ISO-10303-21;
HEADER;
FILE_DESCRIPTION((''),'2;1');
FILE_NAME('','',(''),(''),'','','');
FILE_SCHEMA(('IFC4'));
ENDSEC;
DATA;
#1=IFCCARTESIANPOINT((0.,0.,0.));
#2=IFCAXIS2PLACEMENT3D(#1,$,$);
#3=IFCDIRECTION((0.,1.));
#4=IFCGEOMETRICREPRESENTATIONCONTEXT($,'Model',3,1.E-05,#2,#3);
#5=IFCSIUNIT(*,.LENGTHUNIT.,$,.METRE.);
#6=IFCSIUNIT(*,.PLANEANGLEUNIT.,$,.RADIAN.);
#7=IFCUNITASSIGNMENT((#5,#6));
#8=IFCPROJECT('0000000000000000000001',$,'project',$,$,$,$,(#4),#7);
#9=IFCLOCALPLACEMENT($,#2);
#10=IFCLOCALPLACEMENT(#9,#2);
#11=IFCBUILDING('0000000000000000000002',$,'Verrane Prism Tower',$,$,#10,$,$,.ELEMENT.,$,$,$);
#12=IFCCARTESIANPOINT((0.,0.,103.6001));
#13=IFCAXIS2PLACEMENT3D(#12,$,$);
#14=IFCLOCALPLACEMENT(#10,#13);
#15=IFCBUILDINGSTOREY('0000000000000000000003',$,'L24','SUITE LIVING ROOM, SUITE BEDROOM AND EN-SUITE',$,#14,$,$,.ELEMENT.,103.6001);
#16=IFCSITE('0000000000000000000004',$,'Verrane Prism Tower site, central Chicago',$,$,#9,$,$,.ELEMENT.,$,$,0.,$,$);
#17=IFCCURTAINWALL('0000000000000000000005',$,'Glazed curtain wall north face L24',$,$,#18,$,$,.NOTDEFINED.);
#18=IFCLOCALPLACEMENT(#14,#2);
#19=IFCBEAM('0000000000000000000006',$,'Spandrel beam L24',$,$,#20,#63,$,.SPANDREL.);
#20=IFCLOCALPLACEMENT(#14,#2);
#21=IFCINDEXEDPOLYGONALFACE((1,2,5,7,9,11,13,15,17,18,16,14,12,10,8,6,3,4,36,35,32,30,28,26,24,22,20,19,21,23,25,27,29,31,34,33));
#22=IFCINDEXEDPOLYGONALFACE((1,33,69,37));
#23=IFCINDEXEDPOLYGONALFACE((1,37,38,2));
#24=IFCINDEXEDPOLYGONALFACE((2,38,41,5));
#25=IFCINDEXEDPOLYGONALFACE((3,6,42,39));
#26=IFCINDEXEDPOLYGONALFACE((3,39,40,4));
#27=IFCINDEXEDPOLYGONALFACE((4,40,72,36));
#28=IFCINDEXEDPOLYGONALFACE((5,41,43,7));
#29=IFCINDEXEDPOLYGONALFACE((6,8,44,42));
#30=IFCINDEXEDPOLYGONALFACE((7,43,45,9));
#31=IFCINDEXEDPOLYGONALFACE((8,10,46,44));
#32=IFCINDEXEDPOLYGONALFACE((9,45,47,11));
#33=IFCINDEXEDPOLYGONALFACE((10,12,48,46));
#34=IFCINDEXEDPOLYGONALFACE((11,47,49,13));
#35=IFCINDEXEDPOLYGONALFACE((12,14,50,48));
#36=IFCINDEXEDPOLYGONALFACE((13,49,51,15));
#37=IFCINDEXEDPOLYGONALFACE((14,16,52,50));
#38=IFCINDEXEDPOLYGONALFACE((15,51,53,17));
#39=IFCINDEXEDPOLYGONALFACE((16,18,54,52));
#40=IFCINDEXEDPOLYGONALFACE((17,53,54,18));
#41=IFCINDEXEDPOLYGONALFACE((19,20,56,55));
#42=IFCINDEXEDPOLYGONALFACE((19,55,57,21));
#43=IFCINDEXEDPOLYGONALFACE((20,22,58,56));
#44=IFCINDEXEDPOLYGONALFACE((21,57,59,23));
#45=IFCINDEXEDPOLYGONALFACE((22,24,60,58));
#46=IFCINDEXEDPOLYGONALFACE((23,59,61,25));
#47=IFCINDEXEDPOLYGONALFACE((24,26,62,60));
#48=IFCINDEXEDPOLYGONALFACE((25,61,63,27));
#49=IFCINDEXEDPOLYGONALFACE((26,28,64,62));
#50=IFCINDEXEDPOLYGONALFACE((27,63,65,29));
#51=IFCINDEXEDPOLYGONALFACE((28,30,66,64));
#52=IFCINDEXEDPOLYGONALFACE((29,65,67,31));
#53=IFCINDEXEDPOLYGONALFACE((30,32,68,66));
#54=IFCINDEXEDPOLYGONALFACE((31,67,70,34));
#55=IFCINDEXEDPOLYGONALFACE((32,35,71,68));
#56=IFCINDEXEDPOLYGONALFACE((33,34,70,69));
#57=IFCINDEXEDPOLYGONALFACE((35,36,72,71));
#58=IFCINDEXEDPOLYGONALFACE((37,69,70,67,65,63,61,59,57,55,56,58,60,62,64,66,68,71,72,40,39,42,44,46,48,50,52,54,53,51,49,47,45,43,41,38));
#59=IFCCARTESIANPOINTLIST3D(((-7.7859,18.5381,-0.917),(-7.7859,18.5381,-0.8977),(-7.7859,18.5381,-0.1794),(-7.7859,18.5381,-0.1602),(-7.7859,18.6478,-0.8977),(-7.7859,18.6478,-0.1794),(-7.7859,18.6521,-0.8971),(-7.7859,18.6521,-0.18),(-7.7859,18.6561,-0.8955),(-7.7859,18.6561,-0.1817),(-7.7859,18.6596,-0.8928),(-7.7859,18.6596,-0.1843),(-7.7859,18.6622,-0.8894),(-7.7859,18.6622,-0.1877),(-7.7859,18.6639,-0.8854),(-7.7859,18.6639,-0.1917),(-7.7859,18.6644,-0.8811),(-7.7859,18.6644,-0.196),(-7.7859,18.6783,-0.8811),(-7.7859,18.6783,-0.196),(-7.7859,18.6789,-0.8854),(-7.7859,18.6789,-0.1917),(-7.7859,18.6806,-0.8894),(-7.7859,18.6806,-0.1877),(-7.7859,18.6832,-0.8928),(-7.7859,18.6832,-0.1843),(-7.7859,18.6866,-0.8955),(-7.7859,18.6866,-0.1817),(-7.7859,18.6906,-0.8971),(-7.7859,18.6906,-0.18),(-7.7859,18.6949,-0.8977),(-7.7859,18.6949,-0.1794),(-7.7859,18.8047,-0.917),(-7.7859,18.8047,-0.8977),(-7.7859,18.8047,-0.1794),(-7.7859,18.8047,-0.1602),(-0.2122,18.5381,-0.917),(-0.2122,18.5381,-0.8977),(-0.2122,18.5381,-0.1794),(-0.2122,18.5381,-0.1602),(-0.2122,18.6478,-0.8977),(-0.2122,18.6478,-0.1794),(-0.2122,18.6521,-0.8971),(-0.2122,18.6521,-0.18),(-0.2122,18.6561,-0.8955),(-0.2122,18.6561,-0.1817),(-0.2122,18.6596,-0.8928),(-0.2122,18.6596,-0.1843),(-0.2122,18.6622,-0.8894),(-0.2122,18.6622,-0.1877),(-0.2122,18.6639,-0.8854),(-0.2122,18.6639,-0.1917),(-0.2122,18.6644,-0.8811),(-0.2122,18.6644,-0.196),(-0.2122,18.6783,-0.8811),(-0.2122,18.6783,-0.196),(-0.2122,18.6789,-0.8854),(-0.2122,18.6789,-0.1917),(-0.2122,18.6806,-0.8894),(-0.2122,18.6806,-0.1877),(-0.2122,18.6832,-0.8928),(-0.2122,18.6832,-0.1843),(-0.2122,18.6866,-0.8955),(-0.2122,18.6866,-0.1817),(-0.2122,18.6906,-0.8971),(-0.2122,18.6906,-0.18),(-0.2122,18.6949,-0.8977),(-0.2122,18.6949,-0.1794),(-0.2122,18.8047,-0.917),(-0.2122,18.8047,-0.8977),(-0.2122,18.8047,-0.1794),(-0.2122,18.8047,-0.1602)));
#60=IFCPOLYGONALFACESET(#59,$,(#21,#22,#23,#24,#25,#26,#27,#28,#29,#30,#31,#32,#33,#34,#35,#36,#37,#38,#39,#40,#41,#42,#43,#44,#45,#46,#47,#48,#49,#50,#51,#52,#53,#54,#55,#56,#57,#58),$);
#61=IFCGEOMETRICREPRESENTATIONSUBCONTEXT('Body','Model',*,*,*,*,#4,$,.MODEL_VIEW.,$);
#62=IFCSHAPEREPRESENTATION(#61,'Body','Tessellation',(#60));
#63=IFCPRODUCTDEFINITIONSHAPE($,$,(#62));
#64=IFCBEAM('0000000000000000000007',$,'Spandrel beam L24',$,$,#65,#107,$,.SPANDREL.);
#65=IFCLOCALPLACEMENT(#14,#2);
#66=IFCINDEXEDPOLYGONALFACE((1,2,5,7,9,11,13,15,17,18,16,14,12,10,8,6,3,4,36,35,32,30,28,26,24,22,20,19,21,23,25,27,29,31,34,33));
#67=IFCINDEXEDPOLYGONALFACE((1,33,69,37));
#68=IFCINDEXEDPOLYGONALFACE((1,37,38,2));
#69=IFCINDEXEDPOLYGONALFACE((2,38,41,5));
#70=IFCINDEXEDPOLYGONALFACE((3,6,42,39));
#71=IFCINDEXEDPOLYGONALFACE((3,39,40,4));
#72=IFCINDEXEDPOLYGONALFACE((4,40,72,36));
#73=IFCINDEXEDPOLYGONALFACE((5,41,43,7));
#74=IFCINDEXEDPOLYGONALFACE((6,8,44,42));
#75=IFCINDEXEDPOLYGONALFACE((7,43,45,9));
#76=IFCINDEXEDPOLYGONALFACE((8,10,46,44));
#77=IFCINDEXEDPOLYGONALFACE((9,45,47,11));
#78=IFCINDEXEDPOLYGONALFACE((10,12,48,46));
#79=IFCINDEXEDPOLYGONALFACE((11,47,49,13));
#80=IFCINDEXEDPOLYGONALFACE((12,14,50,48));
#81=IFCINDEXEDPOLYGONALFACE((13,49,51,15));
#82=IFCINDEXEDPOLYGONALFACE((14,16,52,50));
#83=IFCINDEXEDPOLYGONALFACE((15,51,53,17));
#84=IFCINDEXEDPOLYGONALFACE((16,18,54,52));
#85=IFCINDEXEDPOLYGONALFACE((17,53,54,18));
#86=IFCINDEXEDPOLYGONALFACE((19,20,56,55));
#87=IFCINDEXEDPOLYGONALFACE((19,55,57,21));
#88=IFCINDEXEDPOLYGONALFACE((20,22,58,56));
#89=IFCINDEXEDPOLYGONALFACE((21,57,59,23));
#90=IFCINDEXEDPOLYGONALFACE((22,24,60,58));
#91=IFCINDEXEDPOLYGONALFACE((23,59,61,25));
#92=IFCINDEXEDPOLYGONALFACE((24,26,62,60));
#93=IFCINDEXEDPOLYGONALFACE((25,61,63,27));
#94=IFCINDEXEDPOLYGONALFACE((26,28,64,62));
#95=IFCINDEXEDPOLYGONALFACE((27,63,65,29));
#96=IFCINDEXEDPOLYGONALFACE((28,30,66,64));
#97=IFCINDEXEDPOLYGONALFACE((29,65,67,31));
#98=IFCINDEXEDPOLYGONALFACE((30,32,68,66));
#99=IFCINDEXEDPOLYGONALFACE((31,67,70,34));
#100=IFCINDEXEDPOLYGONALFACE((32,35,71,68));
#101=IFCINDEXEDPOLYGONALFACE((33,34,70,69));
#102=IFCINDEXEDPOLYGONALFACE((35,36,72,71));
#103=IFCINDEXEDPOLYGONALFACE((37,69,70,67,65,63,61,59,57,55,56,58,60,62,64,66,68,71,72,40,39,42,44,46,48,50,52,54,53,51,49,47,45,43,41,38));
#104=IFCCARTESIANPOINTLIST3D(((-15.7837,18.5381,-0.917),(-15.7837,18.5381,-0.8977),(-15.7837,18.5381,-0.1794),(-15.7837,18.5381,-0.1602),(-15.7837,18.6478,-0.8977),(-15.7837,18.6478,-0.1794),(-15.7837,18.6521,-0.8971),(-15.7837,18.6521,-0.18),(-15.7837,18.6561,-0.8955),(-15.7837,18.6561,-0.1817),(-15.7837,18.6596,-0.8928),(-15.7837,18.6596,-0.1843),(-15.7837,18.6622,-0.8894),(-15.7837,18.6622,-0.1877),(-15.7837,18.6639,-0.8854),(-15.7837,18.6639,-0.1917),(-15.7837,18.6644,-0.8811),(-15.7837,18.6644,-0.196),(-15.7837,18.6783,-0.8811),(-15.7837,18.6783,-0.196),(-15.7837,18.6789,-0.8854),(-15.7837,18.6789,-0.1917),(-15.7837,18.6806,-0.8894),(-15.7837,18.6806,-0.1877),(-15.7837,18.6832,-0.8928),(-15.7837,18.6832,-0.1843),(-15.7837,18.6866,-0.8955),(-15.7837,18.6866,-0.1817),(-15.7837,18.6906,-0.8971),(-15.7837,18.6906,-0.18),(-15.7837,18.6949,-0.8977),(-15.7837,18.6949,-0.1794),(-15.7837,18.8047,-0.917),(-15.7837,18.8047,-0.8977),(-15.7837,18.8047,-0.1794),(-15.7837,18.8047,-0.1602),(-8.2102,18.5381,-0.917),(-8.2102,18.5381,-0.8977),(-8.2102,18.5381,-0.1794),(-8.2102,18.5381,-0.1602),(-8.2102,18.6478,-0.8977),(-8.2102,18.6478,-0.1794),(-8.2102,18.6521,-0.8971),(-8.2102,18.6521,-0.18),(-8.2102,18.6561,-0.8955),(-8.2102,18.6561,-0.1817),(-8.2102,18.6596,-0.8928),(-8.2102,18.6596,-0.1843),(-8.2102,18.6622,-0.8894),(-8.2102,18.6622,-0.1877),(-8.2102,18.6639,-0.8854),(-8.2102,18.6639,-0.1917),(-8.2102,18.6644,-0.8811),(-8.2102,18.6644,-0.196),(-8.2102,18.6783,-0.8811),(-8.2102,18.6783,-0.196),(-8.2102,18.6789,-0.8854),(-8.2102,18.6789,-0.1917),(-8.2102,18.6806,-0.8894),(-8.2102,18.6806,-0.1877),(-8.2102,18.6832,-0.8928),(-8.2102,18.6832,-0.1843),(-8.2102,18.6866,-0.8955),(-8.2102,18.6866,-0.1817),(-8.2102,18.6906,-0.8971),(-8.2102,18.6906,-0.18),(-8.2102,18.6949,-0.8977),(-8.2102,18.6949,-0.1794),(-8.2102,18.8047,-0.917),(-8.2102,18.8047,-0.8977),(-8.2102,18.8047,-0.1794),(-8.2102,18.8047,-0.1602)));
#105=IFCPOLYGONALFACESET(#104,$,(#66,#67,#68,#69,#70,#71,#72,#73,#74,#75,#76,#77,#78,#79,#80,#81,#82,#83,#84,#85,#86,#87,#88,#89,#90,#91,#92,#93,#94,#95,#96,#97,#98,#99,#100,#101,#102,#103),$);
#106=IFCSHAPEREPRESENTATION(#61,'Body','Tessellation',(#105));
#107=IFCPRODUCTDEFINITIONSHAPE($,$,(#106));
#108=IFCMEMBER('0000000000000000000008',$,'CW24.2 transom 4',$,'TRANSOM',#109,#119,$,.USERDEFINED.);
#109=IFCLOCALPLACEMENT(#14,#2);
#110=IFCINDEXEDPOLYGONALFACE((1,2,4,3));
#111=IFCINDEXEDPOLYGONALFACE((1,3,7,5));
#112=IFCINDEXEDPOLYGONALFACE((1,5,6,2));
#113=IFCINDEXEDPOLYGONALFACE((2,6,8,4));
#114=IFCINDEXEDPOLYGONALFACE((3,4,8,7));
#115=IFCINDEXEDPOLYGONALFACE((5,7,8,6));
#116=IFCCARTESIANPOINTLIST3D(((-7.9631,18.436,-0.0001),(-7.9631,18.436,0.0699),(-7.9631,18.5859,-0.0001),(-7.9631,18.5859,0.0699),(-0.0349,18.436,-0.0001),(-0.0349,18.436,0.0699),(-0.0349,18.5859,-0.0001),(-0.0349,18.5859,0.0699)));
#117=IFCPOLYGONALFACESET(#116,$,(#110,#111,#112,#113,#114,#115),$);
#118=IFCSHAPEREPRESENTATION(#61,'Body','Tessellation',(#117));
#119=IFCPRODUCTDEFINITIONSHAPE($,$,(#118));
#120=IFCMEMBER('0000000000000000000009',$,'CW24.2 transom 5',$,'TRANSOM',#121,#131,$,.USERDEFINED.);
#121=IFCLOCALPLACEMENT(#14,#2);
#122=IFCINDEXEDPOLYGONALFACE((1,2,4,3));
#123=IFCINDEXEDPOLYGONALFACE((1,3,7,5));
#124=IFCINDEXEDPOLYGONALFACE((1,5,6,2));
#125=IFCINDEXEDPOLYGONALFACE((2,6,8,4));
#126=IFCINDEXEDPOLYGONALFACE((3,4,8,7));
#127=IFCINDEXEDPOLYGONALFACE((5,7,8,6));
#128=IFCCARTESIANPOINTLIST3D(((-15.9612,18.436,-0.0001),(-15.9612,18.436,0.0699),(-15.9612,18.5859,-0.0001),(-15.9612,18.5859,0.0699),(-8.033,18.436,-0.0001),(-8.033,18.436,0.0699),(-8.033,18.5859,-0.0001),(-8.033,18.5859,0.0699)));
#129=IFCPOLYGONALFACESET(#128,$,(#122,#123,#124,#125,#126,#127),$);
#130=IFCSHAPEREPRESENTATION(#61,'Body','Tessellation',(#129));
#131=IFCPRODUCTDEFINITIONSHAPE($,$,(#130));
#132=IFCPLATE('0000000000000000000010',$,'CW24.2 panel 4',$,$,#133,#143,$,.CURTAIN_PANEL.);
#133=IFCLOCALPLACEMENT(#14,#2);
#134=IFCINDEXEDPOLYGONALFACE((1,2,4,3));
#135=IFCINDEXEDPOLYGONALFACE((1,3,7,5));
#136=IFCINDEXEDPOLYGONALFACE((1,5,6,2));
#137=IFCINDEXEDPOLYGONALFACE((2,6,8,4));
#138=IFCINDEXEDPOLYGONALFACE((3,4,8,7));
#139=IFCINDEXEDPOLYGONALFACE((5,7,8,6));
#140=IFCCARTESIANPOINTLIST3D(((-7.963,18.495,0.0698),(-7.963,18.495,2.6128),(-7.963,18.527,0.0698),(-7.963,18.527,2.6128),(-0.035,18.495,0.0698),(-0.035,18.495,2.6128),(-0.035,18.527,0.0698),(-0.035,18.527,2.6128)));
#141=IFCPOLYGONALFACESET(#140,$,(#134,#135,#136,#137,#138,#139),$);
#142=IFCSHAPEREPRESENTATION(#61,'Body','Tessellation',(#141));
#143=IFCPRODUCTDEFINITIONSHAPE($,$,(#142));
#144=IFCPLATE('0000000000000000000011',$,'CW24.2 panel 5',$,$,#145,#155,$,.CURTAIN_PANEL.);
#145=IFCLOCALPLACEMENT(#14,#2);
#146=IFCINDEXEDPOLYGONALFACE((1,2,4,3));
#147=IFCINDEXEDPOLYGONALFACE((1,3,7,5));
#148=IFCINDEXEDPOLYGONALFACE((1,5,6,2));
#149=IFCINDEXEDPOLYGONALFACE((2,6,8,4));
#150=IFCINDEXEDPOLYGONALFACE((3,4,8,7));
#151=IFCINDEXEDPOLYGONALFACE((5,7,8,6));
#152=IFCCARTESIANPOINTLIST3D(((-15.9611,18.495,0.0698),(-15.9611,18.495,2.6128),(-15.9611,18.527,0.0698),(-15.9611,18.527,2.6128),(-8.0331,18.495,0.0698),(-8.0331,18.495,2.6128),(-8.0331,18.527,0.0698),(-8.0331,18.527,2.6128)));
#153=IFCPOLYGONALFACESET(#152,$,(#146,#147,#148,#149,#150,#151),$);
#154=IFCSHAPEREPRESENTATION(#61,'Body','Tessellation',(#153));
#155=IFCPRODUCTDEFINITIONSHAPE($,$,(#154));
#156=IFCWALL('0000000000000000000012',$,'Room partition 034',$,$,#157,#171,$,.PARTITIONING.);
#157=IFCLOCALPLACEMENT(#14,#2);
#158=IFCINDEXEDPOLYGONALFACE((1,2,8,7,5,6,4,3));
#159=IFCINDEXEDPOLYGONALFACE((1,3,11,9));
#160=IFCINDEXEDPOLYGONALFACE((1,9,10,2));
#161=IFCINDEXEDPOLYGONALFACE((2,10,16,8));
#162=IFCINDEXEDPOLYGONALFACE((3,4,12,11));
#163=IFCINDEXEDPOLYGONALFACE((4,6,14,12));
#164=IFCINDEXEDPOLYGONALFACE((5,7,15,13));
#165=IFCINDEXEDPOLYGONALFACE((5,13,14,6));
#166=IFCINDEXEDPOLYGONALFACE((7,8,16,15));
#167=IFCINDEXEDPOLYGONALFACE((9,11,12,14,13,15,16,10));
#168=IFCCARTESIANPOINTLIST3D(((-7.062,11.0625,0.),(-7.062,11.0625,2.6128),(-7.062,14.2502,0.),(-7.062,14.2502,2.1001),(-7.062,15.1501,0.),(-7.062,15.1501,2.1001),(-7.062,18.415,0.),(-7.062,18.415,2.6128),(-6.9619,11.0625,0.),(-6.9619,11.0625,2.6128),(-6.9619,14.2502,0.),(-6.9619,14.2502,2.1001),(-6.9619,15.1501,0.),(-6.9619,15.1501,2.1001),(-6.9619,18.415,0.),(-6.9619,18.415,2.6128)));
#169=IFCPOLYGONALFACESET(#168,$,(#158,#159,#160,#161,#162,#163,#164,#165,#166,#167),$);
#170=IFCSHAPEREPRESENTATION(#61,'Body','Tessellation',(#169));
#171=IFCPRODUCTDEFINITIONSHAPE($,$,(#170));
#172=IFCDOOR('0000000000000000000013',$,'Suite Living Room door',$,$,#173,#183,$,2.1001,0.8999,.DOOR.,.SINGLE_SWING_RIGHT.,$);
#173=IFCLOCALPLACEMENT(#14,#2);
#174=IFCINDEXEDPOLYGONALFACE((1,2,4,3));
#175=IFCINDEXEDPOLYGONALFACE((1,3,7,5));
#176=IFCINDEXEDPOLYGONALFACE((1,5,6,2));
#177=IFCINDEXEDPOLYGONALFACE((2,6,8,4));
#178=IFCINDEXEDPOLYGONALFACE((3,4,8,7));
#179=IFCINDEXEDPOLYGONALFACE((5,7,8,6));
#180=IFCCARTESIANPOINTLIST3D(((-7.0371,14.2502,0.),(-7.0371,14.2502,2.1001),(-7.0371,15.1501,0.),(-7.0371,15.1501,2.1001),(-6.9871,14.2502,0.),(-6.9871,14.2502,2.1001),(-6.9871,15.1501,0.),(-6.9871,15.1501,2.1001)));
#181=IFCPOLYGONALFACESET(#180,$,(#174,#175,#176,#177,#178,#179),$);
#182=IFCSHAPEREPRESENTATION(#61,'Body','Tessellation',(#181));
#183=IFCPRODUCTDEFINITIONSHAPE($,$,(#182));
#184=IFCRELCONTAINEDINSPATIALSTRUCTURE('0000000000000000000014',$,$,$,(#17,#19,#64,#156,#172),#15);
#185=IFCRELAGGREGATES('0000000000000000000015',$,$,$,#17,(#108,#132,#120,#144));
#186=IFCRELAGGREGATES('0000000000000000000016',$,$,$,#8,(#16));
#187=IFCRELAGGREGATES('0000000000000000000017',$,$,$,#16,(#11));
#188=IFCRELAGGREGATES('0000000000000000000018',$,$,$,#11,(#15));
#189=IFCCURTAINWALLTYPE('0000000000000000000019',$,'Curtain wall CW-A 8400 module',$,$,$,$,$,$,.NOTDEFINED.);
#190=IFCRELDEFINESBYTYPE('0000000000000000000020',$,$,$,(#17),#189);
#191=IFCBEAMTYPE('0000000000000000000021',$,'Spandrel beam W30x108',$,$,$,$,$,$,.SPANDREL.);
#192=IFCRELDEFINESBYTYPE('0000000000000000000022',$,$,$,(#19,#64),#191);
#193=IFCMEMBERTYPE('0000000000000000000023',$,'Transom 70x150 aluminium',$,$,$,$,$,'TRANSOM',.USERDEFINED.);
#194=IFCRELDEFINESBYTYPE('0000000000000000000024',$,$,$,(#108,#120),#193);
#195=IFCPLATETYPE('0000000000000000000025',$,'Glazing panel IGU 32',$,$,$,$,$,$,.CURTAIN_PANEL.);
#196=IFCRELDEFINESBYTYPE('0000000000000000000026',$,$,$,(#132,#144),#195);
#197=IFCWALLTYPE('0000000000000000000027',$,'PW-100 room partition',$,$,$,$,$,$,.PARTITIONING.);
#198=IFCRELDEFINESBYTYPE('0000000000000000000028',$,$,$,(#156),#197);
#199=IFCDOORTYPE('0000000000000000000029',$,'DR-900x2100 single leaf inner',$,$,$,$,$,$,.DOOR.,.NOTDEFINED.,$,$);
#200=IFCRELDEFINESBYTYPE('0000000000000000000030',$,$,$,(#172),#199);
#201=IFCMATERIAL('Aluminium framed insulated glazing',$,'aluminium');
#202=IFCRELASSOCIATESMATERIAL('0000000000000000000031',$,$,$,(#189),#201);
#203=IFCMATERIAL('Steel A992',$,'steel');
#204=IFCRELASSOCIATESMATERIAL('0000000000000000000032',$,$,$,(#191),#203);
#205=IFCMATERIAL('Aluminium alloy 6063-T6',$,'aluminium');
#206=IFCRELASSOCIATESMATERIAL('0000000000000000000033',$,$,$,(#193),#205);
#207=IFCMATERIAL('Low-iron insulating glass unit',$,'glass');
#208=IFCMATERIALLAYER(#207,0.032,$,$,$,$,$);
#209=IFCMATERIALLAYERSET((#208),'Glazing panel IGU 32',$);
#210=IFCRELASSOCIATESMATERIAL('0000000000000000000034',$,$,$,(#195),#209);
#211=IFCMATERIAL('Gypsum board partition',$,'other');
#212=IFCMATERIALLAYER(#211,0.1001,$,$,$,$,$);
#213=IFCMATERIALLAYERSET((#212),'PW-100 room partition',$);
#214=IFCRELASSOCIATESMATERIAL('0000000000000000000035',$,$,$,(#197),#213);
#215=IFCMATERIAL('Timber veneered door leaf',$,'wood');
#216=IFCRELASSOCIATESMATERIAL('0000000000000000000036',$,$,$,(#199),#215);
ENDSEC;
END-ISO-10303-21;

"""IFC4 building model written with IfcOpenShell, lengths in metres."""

from ifc_helpers import new_model, si_unit, direction, frame, frame_2d, origin, origin_2d, place, context, subcontext, project, spatial, rectangle, i_section, extrude, material, layer, layer_set, material_profile, profile_set, type_object, element, fill, aggregate, save


model = new_model("IFC4")

# Units and contexts
model_context = context("Model", 3, precision=1e-05, world=origin(), true_north=direction((0.0, 1.0)))
body_context = subcontext(model_context, "Body", "Model", "MODEL_VIEW")
ifc_project = project(units=[si_unit("LENGTHUNIT", "METRE"), si_unit("PLANEANGLEUNIT", "RADIAN")], contexts=[model_context])

# Site, building, storey
site_placement = place(None, origin())
site = spatial("IfcSite", under=ifc_project, at=site_placement, Name="Verrane Prism Tower site, central Chicago", CompositionType="ELEMENT", RefElevation=0.0)
building_placement = place(site_placement, origin())
building = spatial("IfcBuilding", under=site, at=building_placement, Name="Verrane Prism Tower", CompositionType="ELEMENT")
storey_placement = place(building_placement, frame((0.0, 0.0, 103.6001)))
storey = spatial("IfcBuildingStorey", under=building, at=storey_placement, Name="L24", Description="SUITE LIVING ROOM, SUITE BEDROOM AND EN-SUITE", CompositionType="ELEMENT", Elevation=103.6001)

# Curtain wall
ifc_material_1 = material(Name="Aluminium framed insulated glazing", Category="aluminium")
curtain_wall_type = type_object("IfcCurtainWallType", Name="Curtain wall CW-A 8400 module", PredefinedType="NOTDEFINED", material=ifc_material_1)
curtain_wall_placement = place(storey_placement, origin())
curtain_wall = element("IfcCurtainWall", 1, at=curtain_wall_placement, inside=storey, type_object=curtain_wall_type, Name="Glazed curtain wall north face L24", PredefinedType="NOTDEFINED")

# Beams
ifc_material_2 = material(Name="Steel A992", Category="steel")
ifc_material_profile_1 = material_profile(ifc_material_2, i_section(OverallWidth=0.2666, OverallDepth=0.7568, WebThickness=0.0139, FlangeThickness=0.0193, FilletRadius=0.0166, at=origin_2d()), Name="W30x108")
ifc_profile_set_1 = profile_set([ifc_material_profile_1], Name="Steel A992")
beam_type_1 = type_object("IfcBeamType", Name="Spandrel beam W30x108", PredefinedType="SPANDREL", material=ifc_profile_set_1)
beam_1_placement = place(storey_placement, frame((-0.2122, 18.6714, -0.5386), z_axis=(-1.0, 0.0, 0.0), x_axis=(0.0, -1.0, 0.0)))
element("IfcBeam", 2, at=beam_1_placement, inside=storey, type_object=beam_type_1, Name="Spandrel beam L24", PredefinedType="SPANDREL", context=body_context, shape_type="SweptSolid", body=[
    extrude(i_section(OverallWidth=0.2666, OverallDepth=0.7568, WebThickness=0.0139, FlangeThickness=0.0193, FilletRadius=0.0166, at=origin_2d()), origin(), (0.0, 0.0, 1.0), 7.5737),
])
beam_2_placement = place(storey_placement, frame((-8.2102, 18.6714, -0.5386), z_axis=(-1.0, 0.0, 0.0), x_axis=(0.0, -1.0, 0.0)))
element("IfcBeam", 3, at=beam_2_placement, inside=storey, type_object=beam_type_1, Name="Spandrel beam L24", PredefinedType="SPANDREL", context=body_context, shape_type="SweptSolid", body=[
    extrude(i_section(OverallWidth=0.2666, OverallDepth=0.7568, WebThickness=0.0139, FlangeThickness=0.0193, FilletRadius=0.0166, at=origin_2d()), origin(), (0.0, 0.0, 1.0), 7.5735),
])

# Members
ifc_material_3 = material(Name="Aluminium alloy 6063-T6", Category="aluminium")
ifc_material_profile_2 = material_profile(ifc_material_3, rectangle(XDim=0.1499, YDim=0.0701, at=origin_2d()), Name="Transom 70x150 aluminium")
ifc_profile_set_2 = profile_set([ifc_material_profile_2], Name="Aluminium alloy 6063-T6")
member_type_1 = type_object("IfcMemberType", Name="Transom 70x150 aluminium", ElementType="TRANSOM", PredefinedType="USERDEFINED", material=ifc_profile_set_2)
member_1_placement = place(storey_placement, frame((-0.0349, 18.511, 0.0349), z_axis=(-1.0, 0.0, 0.0), x_axis=(0.0, -1.0, 0.0)))
member_1 = element("IfcMember", 4, at=member_1_placement, type_object=member_type_1, Name="CW24.2 transom 4", ObjectType="TRANSOM", PredefinedType="USERDEFINED", context=body_context, shape_type="SweptSolid", body=[
    extrude(rectangle(XDim=0.1499, YDim=0.0701, at=origin_2d()), origin(), (0.0, 0.0, 1.0), 7.9282),
])
member_2_placement = place(storey_placement, frame((-8.033, 18.511, 0.0349), z_axis=(-1.0, 0.0, 0.0), x_axis=(0.0, -1.0, 0.0)))
member_2 = element("IfcMember", 5, at=member_2_placement, type_object=member_type_1, Name="CW24.2 transom 5", ObjectType="TRANSOM", PredefinedType="USERDEFINED", context=body_context, shape_type="SweptSolid", body=[
    extrude(rectangle(XDim=0.1499, YDim=0.0701, at=origin_2d()), origin(), (0.0, 0.0, 1.0), 7.9282),
])

# Plates
ifc_material_4 = material(Name="Low-iron insulating glass unit", Category="glass")
ifc_layer_1 = layer(ifc_material_4, 0.032)
ifc_layer_set_1 = layer_set([ifc_layer_1], Name="Glazing panel IGU 32")
plate_type = type_object("IfcPlateType", Name="Glazing panel IGU 32", PredefinedType="CURTAIN_PANEL", material=ifc_layer_set_1)
plate_1_placement = place(storey_placement, frame((-3.999, 18.511, 0.0698), z_axis=(0.0, 0.0, 1.0), x_axis=(-1.0, 0.0, 0.0)))
plate_1 = element("IfcPlate", 6, at=plate_1_placement, type_object=plate_type, Name="CW24.2 panel 4", PredefinedType="CURTAIN_PANEL", context=body_context, shape_type="SweptSolid", body=[
    extrude(rectangle(XDim=7.928, YDim=0.032, at=origin_2d()), origin(), (0.0, 0.0, 1.0), 2.543),
])
plate_2_placement = place(storey_placement, frame((-11.9971, 18.511, 0.0698), z_axis=(0.0, 0.0, 1.0), x_axis=(-1.0, 0.0, 0.0)))
plate_2 = element("IfcPlate", 7, at=plate_2_placement, type_object=plate_type, Name="CW24.2 panel 5", PredefinedType="CURTAIN_PANEL", context=body_context, shape_type="SweptSolid", body=[
    extrude(rectangle(XDim=7.928, YDim=0.032, at=origin_2d()), origin(), (0.0, 0.0, 1.0), 2.543),
])
aggregate(curtain_wall, [member_1, plate_1, member_2, plate_2])

# Wall, opening, door
ifc_material_5 = material(Name="Gypsum board partition", Category="other")
ifc_layer_2 = layer(ifc_material_5, 0.1001)
ifc_layer_set_2 = layer_set([ifc_layer_2], Name="PW-100 room partition")
wall_type_1 = type_object("IfcWallType", Name="PW-100 room partition", PredefinedType="PARTITIONING", material=ifc_layer_set_2)
wall_1_placement = place(storey_placement, frame((-7.012, 18.415, 0.0), z_axis=(0.0, 0.0, 1.0), x_axis=(0.0, -1.0, 0.0)))
wall_1 = element("IfcWall", 8, at=wall_1_placement, inside=storey, type_object=wall_type_1, Name="Room partition 034", PredefinedType="PARTITIONING", context=body_context, shape_type="SweptSolid", body=[
    extrude(rectangle(XDim=7.3525, YDim=0.1001, at=frame_2d((3.6763, 0.0))), origin(), (0.0, 0.0, 1.0), 2.6128),
])
opening_1_placement = place(wall_1_placement, frame((3.2649, 0.0, 0.0)))
opening_1 = element("IfcOpeningElement", 9, at=opening_1_placement, cuts=wall_1, PredefinedType="OPENING", context=body_context, shape_type="SweptSolid", body=[
    extrude(rectangle(XDim=0.8999, YDim=2.1001, at=frame_2d((0.45, 1.05))), frame((0.0, 0.0601, 0.0), z_axis=(0.0, -1.0, 0.0), x_axis=(1.0, 0.0, 0.0)), (0.0, 0.0, 1.0), 0.1201),
])
ifc_material_6 = material(Name="Timber veneered door leaf", Category="wood")
door_type_1 = type_object("IfcDoorType", Name="DR-900x2100 single leaf inner", OperationType="NOTDEFINED", PredefinedType="DOOR", material=ifc_material_6)
door_1_placement = place(opening_1_placement, origin())
door_1 = element("IfcDoor", 10, at=door_1_placement, inside=storey, type_object=door_type_1, Name="Suite Living Room door", OperationType="SINGLE_SWING_RIGHT", OverallHeight=2.1001, OverallWidth=0.8999, PredefinedType="DOOR", context=body_context, shape_type="SweptSolid", body=[
    extrude(rectangle(XDim=0.8999, YDim=2.1001, at=frame_2d((0.45, 1.05))), frame((0.0, 0.0249, 0.0), z_axis=(0.0, -1.0, 0.0), x_axis=(1.0, 0.0, 0.0)), (0.0, 0.0, 1.0), 0.05),
])
fill(opening_1, door_1)

save(model, "model.ifc")
